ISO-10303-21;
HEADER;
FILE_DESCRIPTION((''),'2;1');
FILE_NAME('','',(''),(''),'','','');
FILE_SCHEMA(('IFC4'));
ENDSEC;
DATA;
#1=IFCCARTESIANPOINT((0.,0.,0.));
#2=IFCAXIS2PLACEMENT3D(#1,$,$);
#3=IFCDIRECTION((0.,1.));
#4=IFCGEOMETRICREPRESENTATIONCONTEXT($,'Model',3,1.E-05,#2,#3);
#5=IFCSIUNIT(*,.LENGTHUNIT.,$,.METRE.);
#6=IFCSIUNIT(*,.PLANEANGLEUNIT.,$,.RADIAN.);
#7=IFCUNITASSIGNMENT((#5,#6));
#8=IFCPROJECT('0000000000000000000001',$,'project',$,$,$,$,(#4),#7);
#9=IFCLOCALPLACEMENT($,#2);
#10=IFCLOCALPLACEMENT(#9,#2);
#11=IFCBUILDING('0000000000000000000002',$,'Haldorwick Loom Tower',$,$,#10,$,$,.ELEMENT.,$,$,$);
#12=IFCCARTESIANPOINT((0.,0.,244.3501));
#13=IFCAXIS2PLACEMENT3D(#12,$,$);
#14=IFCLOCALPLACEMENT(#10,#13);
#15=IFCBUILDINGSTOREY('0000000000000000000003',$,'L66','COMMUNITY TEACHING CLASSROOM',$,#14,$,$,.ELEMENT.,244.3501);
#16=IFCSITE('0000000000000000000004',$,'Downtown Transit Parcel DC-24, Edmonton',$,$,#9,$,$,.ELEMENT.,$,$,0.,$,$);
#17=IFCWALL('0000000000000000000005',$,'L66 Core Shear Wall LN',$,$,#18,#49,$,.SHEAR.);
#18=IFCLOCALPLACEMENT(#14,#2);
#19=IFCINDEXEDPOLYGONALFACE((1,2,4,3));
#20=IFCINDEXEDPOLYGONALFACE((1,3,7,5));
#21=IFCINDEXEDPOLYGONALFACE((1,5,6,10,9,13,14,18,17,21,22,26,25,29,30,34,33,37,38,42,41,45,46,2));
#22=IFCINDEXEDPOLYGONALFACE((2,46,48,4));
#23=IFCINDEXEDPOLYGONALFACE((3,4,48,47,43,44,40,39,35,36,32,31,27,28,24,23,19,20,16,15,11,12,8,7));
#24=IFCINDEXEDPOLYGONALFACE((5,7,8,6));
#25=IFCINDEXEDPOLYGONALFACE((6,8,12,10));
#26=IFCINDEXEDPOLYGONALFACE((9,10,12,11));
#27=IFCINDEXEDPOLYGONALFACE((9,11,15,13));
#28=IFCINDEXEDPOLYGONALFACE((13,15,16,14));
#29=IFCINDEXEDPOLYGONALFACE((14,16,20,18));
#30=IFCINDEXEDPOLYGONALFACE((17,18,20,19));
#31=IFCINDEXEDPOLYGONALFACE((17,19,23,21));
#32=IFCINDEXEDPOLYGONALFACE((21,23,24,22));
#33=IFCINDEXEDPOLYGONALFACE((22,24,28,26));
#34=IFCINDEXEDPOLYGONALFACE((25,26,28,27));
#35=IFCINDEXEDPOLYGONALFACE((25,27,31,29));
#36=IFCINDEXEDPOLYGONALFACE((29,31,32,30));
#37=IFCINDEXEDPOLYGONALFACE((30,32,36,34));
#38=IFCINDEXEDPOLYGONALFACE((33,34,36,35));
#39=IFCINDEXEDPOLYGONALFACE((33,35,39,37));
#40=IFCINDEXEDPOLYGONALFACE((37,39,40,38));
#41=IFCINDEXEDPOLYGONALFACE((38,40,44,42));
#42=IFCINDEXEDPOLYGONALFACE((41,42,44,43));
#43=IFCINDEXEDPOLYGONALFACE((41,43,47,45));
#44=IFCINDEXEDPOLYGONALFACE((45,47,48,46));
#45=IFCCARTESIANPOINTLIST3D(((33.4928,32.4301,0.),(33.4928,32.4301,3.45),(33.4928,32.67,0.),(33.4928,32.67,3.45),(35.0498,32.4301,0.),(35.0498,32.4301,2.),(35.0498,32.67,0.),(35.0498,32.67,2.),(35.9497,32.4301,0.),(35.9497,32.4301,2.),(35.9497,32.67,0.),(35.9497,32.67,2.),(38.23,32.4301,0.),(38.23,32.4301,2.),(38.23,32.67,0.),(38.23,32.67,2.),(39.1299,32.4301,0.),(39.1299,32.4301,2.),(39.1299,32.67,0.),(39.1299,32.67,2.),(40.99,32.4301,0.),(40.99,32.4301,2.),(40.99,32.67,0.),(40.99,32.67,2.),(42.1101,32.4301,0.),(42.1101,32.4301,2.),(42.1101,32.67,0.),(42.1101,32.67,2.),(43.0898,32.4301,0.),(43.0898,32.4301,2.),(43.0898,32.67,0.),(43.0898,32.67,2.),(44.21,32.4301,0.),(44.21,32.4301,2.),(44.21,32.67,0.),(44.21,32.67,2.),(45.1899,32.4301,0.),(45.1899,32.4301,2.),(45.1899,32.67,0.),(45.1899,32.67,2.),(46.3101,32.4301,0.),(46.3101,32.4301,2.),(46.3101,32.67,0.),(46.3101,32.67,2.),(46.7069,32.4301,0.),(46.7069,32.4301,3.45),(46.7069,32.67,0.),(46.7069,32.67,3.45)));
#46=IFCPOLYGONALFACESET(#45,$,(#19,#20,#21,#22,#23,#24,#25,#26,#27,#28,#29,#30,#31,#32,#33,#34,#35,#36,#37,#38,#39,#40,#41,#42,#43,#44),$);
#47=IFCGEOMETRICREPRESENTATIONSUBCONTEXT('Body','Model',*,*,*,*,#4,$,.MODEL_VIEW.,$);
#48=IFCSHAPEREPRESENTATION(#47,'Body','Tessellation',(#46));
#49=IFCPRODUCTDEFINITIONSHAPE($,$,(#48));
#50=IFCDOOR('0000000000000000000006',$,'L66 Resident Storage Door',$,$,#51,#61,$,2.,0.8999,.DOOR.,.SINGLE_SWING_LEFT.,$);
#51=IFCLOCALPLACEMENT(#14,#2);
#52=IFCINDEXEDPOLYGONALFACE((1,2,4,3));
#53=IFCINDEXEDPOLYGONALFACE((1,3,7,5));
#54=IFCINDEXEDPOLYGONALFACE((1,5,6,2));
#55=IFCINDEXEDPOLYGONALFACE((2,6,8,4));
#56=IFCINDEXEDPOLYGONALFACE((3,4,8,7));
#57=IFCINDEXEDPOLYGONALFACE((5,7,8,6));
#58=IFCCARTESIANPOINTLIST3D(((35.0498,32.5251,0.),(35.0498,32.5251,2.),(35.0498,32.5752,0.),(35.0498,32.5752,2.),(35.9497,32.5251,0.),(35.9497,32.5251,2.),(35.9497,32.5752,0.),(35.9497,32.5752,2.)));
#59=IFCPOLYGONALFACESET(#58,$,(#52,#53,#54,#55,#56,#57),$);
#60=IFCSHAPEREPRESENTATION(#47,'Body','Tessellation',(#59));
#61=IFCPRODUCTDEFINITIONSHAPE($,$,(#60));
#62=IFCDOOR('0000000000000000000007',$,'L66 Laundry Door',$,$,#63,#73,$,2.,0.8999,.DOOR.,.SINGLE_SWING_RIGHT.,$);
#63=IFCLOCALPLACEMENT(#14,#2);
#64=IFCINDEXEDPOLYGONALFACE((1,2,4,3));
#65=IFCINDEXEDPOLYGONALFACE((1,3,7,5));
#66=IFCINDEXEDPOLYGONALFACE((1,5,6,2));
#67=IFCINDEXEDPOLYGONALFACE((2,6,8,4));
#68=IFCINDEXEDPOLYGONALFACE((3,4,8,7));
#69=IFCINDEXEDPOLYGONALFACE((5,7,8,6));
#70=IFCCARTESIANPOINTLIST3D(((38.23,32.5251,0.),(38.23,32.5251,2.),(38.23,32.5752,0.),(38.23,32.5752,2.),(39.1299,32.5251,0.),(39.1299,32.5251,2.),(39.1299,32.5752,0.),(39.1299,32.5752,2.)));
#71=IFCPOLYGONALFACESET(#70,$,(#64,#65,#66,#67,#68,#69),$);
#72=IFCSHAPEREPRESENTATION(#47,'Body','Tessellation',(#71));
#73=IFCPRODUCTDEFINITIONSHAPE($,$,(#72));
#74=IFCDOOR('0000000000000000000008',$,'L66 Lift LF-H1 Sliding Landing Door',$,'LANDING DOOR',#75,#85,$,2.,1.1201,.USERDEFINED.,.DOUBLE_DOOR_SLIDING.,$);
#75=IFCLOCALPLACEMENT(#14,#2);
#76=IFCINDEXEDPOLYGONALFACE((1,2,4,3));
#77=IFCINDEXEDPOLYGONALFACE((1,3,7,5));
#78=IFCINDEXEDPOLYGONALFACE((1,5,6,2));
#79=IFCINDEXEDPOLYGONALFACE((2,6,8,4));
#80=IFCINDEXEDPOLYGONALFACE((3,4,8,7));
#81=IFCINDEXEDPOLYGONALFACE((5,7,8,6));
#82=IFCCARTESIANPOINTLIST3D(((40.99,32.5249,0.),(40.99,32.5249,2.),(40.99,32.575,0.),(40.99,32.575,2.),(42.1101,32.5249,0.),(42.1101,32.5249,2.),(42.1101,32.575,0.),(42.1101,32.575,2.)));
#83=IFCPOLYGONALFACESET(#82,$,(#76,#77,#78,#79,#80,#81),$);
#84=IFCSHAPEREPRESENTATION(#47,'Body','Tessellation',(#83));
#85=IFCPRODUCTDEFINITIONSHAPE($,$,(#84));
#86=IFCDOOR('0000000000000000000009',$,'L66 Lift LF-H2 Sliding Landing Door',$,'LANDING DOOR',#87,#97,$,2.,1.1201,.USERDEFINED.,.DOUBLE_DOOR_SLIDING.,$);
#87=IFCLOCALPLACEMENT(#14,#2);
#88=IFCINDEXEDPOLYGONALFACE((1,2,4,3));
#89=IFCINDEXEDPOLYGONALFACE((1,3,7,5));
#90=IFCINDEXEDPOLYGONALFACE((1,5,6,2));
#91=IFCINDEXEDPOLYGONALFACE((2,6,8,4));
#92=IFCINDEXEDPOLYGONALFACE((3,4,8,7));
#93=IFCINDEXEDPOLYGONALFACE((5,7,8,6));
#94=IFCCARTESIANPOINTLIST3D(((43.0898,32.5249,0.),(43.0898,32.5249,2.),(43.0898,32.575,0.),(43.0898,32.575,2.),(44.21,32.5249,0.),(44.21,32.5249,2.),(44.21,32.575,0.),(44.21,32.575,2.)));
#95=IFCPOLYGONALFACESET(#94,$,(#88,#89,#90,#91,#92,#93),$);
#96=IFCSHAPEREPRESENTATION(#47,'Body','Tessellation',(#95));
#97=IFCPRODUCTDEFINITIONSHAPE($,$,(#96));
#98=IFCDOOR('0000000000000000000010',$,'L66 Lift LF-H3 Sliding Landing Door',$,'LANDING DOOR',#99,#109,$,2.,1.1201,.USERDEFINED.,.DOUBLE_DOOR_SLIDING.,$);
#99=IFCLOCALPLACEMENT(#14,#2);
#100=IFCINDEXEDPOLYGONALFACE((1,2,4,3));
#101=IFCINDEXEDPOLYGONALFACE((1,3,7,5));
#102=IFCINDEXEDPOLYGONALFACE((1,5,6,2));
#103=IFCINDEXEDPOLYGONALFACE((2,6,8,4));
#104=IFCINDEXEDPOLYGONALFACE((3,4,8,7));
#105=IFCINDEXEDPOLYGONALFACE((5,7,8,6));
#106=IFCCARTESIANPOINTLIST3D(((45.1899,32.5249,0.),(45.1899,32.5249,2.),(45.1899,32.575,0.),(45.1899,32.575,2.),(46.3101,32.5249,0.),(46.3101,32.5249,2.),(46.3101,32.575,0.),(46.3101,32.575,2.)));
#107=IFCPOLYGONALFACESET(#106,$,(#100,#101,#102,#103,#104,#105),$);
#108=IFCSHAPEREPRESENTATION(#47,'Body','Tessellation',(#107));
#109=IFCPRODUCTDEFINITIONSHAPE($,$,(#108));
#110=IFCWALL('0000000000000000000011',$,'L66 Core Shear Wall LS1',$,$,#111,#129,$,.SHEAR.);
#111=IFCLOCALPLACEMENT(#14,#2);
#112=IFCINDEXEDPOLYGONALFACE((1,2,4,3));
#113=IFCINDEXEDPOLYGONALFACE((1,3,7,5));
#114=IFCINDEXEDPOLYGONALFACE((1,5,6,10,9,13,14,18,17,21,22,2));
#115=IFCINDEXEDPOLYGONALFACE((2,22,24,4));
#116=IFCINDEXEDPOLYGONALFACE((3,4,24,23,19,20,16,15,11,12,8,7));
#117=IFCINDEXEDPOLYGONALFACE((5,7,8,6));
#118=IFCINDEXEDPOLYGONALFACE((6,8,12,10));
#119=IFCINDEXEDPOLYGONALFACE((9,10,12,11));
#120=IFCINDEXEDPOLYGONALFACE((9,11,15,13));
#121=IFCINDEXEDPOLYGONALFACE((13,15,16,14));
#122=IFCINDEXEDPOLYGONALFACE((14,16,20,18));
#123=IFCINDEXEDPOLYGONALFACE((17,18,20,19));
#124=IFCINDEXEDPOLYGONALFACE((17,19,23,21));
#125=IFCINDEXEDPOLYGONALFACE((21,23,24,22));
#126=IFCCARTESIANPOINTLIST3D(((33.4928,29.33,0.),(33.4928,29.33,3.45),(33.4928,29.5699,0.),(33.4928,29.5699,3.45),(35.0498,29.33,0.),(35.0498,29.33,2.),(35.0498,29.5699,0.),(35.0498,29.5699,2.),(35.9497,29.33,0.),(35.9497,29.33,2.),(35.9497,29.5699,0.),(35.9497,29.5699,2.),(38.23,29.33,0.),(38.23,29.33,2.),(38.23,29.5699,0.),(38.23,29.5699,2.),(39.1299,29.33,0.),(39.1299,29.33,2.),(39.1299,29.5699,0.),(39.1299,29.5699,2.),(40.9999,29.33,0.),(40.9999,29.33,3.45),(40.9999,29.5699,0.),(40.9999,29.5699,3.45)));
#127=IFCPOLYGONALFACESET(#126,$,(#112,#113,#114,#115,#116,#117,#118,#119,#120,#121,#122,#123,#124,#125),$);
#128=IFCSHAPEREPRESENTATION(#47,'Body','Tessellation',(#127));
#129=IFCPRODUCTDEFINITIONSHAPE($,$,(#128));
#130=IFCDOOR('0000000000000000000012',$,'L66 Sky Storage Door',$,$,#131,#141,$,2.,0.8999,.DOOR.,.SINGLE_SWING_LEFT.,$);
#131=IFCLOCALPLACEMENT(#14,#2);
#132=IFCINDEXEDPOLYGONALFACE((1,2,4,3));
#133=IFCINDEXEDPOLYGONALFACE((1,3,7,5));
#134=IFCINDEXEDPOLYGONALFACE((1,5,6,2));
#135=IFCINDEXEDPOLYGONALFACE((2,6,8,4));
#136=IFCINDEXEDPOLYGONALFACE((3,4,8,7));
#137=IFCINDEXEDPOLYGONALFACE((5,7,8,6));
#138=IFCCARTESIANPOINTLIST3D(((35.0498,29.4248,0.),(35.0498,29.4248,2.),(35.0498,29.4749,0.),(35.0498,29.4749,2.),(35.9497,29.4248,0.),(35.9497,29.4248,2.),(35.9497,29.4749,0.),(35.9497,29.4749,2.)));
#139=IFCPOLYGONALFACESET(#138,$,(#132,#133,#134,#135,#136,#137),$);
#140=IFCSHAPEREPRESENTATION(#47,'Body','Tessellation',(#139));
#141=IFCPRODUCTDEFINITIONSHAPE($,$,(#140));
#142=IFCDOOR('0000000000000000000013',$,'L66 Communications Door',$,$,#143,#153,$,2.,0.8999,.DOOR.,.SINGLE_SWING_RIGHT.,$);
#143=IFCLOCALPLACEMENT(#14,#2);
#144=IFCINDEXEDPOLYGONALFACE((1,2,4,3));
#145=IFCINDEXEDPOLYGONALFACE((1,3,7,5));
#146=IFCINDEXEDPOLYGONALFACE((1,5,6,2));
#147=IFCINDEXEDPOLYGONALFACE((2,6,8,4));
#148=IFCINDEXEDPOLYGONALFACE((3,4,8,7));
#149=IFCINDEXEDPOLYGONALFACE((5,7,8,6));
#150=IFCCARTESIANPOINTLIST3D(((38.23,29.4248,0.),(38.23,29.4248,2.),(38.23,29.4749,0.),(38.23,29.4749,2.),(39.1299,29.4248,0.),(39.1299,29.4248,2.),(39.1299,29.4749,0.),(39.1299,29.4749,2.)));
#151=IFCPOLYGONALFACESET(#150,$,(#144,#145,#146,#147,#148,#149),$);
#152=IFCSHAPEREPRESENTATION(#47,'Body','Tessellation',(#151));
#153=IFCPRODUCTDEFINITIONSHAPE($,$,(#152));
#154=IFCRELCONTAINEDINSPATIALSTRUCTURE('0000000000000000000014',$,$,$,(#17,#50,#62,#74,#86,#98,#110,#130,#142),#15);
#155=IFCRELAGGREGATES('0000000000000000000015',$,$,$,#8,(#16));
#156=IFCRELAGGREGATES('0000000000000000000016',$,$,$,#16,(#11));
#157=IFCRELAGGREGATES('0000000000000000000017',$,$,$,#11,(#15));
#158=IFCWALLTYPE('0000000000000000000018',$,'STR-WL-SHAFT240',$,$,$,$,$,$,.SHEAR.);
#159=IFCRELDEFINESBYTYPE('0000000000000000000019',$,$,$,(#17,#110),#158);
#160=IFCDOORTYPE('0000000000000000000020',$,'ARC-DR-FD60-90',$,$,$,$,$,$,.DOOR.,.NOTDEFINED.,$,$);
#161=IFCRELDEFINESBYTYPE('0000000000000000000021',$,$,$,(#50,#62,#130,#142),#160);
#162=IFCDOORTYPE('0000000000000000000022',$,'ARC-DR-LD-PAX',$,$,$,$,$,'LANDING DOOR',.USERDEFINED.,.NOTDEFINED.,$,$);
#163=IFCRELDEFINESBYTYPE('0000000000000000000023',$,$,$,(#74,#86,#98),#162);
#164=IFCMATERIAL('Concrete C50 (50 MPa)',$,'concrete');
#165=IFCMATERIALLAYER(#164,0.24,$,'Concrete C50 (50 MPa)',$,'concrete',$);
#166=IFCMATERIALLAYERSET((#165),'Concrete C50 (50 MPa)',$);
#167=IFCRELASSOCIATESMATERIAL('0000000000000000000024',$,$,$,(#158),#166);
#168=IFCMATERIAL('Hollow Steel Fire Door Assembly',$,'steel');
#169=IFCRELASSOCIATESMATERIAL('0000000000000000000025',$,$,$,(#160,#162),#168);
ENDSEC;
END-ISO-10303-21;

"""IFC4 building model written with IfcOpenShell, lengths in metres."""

from ifc_helpers import new_model, si_unit, direction, frame, frame_2d, origin, place, context, subcontext, project, spatial, rectangle, extrude, material, layer, layer_set, type_object, element, fill, save


model = new_model("IFC4")

# Units and contexts
model_context = context("Model", 3, precision=1e-05, world=origin(), true_north=direction((0.0, 1.0)))
body_context = subcontext(model_context, "Body", "Model", "MODEL_VIEW")
ifc_project = project(units=[si_unit("LENGTHUNIT", "METRE"), si_unit("PLANEANGLEUNIT", "RADIAN")], contexts=[model_context])

# Site, building, storey
site_placement = place(None, origin())
site = spatial("IfcSite", under=ifc_project, at=site_placement, Name="Downtown Transit Parcel DC-24, Edmonton", CompositionType="ELEMENT", RefElevation=0.0)
building_placement = place(site_placement, origin())
building = spatial("IfcBuilding", under=site, at=building_placement, Name="Haldorwick Loom Tower", CompositionType="ELEMENT")
storey_placement = place(building_placement, frame((0.0, 0.0, 244.3501)))
storey = spatial("IfcBuildingStorey", under=building, at=storey_placement, Name="L66", Description="COMMUNITY TEACHING CLASSROOM", CompositionType="ELEMENT", Elevation=244.3501)

# Shared definitions
ifc_material_1 = material(Name="Concrete C50 (50 MPa)", Category="concrete")
ifc_layer_1 = layer(ifc_material_1, 0.24, Name="Concrete C50 (50 MPa)", Category="concrete")
ifc_layer_set_1 = layer_set([ifc_layer_1], Name="Concrete C50 (50 MPa)")
wall_type_1 = type_object("IfcWallType", Name="STR-WL-SHAFT240", PredefinedType="SHEAR", material=ifc_layer_set_1)

# Walls, openings, doors
wall_1_placement = place(storey_placement, frame((33.4929, 32.55, 0.0), z_axis=(0.0, 0.0, 1.0), x_axis=(1.0, 0.0, 0.0)))
wall_1 = element("IfcWall", 1, at=wall_1_placement, inside=storey, type_object=wall_type_1, Name="L66 Core Shear Wall LN", PredefinedType="SHEAR", context=body_context, shape_type="SweptSolid", body=[
    extrude(rectangle(XDim=13.2141, YDim=0.24, at=frame_2d((6.6069, 0.0))), origin(), (0.0, 0.0, 1.0), 3.45),
])
opening_1_placement = place(wall_1_placement, frame((1.5569, 0.0, 0.0)))
opening_1 = element("IfcOpeningElement", 2, at=opening_1_placement, cuts=wall_1, PredefinedType="OPENING", context=body_context, shape_type="SweptSolid", body=[
    extrude(rectangle(XDim=0.8999, YDim=2.0, at=frame_2d((0.45, 1.0))), frame((0.0, 0.1299, 0.0), z_axis=(0.0, -1.0, 0.0), x_axis=(1.0, 0.0, 0.0)), (0.0, 0.0, 1.0), 0.26),
])
opening_2_placement = place(wall_1_placement, frame((4.7371, 0.0, 0.0)))
opening_2 = element("IfcOpeningElement", 3, at=opening_2_placement, cuts=wall_1, PredefinedType="OPENING", context=body_context, shape_type="SweptSolid", body=[
    extrude(rectangle(XDim=0.8999, YDim=2.0, at=frame_2d((0.45, 1.0))), frame((0.0, 0.1299, 0.0), z_axis=(0.0, -1.0, 0.0), x_axis=(1.0, 0.0, 0.0)), (0.0, 0.0, 1.0), 0.26),
])
opening_3_placement = place(wall_1_placement, frame((7.4971, 0.0, 0.0)))
opening_3 = element("IfcOpeningElement", 4, at=opening_3_placement, cuts=wall_1, PredefinedType="OPENING", context=body_context, shape_type="SweptSolid", body=[
    extrude(rectangle(XDim=1.1201, YDim=2.0, at=frame_2d((0.5601, 1.0))), frame((0.0, 0.1299, 0.0), z_axis=(0.0, -1.0, 0.0), x_axis=(1.0, 0.0, 0.0)), (0.0, 0.0, 1.0), 0.26),
])
opening_4_placement = place(wall_1_placement, frame((9.5969, 0.0, 0.0)))
opening_4 = element("IfcOpeningElement", 5, at=opening_4_placement, cuts=wall_1, PredefinedType="OPENING", context=body_context, shape_type="SweptSolid", body=[
    extrude(rectangle(XDim=1.1201, YDim=2.0, at=frame_2d((0.5601, 1.0))), frame((0.0, 0.1299, 0.0), z_axis=(0.0, -1.0, 0.0), x_axis=(1.0, 0.0, 0.0)), (0.0, 0.0, 1.0), 0.26),
])
opening_5_placement = place(wall_1_placement, frame((11.697, 0.0, 0.0)))
opening_5 = element("IfcOpeningElement", 6, at=opening_5_placement, cuts=wall_1, PredefinedType="OPENING", context=body_context, shape_type="SweptSolid", body=[
    extrude(rectangle(XDim=1.1201, YDim=2.0, at=frame_2d((0.5601, 1.0))), frame((0.0, 0.1299, 0.0), z_axis=(0.0, -1.0, 0.0), x_axis=(1.0, 0.0, 0.0)), (0.0, 0.0, 1.0), 0.26),
])
ifc_material_2 = material(Name="Hollow Steel Fire Door Assembly", Category="steel")
door_type_1 = type_object("IfcDoorType", Name="ARC-DR-FD60-90", OperationType="NOTDEFINED", PredefinedType="DOOR", material=ifc_material_2)
door_1_placement = place(opening_1_placement, frame((0.8999, 0.0, 0.0), z_axis=(0.0, 0.0, 1.0), x_axis=(-1.0, 0.0, 0.0)))
door_1 = element("IfcDoor", 7, at=door_1_placement, inside=storey, type_object=door_type_1, Name="L66 Resident Storage Door", OperationType="SINGLE_SWING_LEFT", OverallHeight=2.0, OverallWidth=0.8999, PredefinedType="DOOR", context=body_context, shape_type="SweptSolid", body=[
    extrude(rectangle(XDim=0.8999, YDim=2.0, at=frame_2d((0.45, 1.0))), frame((0.0, 0.0249, 0.0), z_axis=(0.0, -1.0, 0.0), x_axis=(1.0, 0.0, 0.0)), (0.0, 0.0, 1.0), 0.05),
])
fill(opening_1, door_1)
door_2_placement = place(opening_2_placement, frame((0.8999, 0.0, 0.0), z_axis=(0.0, 0.0, 1.0), x_axis=(-1.0, 0.0, 0.0)))
door_2 = element("IfcDoor", 8, at=door_2_placement, inside=storey, type_object=door_type_1, Name="L66 Laundry Door", OperationType="SINGLE_SWING_RIGHT", OverallHeight=2.0, OverallWidth=0.8999, PredefinedType="DOOR", context=body_context, shape_type="SweptSolid", body=[
    extrude(rectangle(XDim=0.8999, YDim=2.0, at=frame_2d((0.45, 1.0))), frame((0.0, 0.0249, 0.0), z_axis=(0.0, -1.0, 0.0), x_axis=(1.0, 0.0, 0.0)), (0.0, 0.0, 1.0), 0.05),
])
fill(opening_2, door_2)
door_type_2 = type_object("IfcDoorType", Name="ARC-DR-LD-PAX", ElementType="LANDING DOOR", OperationType="NOTDEFINED", PredefinedType="USERDEFINED", material=ifc_material_2)
door_3_placement = place(opening_3_placement, origin())
door_3 = element("IfcDoor", 9, at=door_3_placement, inside=storey, type_object=door_type_2, Name="L66 Lift LF-H1 Sliding Landing Door", ObjectType="LANDING DOOR", OperationType="DOUBLE_DOOR_SLIDING", OverallHeight=2.0, OverallWidth=1.1201, PredefinedType="USERDEFINED", context=body_context, shape_type="SweptSolid", body=[
    extrude(rectangle(XDim=1.1201, YDim=2.0, at=frame_2d((0.5601, 1.0))), frame((0.0, 0.0249, 0.0), z_axis=(0.0, -1.0, 0.0), x_axis=(1.0, 0.0, 0.0)), (0.0, 0.0, 1.0), 0.05),
])
fill(opening_3, door_3)
door_4_placement = place(opening_4_placement, origin())
door_4 = element("IfcDoor", 10, at=door_4_placement, inside=storey, type_object=door_type_2, Name="L66 Lift LF-H2 Sliding Landing Door", ObjectType="LANDING DOOR", OperationType="DOUBLE_DOOR_SLIDING", OverallHeight=2.0, OverallWidth=1.1201, PredefinedType="USERDEFINED", context=body_context, shape_type="SweptSolid", body=[
    extrude(rectangle(XDim=1.1201, YDim=2.0, at=frame_2d((0.5601, 1.0))), frame((0.0, 0.0249, 0.0), z_axis=(0.0, -1.0, 0.0), x_axis=(1.0, 0.0, 0.0)), (0.0, 0.0, 1.0), 0.05),
])
fill(opening_4, door_4)
door_5_placement = place(opening_5_placement, origin())
door_5 = element("IfcDoor", 11, at=door_5_placement, inside=storey, type_object=door_type_2, Name="L66 Lift LF-H3 Sliding Landing Door", ObjectType="LANDING DOOR", OperationType="DOUBLE_DOOR_SLIDING", OverallHeight=2.0, OverallWidth=1.1201, PredefinedType="USERDEFINED", context=body_context, shape_type="SweptSolid", body=[
    extrude(rectangle(XDim=1.1201, YDim=2.0, at=frame_2d((0.5601, 1.0))), frame((0.0, 0.0249, 0.0), z_axis=(0.0, -1.0, 0.0), x_axis=(1.0, 0.0, 0.0)), (0.0, 0.0, 1.0), 0.05),
])
fill(opening_5, door_5)
wall_2_placement = place(storey_placement, frame((33.4929, 29.45, 0.0), z_axis=(0.0, 0.0, 1.0), x_axis=(1.0, 0.0, 0.0)))
wall_2 = element("IfcWall", 12, at=wall_2_placement, inside=storey, type_object=wall_type_1, Name="L66 Core Shear Wall LS1", PredefinedType="SHEAR", context=body_context, shape_type="SweptSolid", body=[
    extrude(rectangle(XDim=7.5071, YDim=0.24, at=frame_2d((3.7534, 0.0))), origin(), (0.0, 0.0, 1.0), 3.45),
])
opening_6_placement = place(wall_2_placement, frame((1.5569, 0.0, 0.0)))
opening_6 = element("IfcOpeningElement", 13, at=opening_6_placement, cuts=wall_2, PredefinedType="OPENING", context=body_context, shape_type="SweptSolid", body=[
    extrude(rectangle(XDim=0.8999, YDim=2.0, at=frame_2d((0.45, 1.0))), frame((0.0, 0.1299, 0.0), z_axis=(0.0, -1.0, 0.0), x_axis=(1.0, 0.0, 0.0)), (0.0, 0.0, 1.0), 0.26),
])
opening_7_placement = place(wall_2_placement, frame((4.7371, 0.0, 0.0)))
opening_7 = element("IfcOpeningElement", 14, at=opening_7_placement, cuts=wall_2, PredefinedType="OPENING", context=body_context, shape_type="SweptSolid", body=[
    extrude(rectangle(XDim=0.8999, YDim=2.0, at=frame_2d((0.45, 1.0))), frame((0.0, 0.1299, 0.0), z_axis=(0.0, -1.0, 0.0), x_axis=(1.0, 0.0, 0.0)), (0.0, 0.0, 1.0), 0.26),
])
door_6_placement = place(opening_6_placement, origin())
door_6 = element("IfcDoor", 15, at=door_6_placement, inside=storey, type_object=door_type_1, Name="L66 Sky Storage Door", OperationType="SINGLE_SWING_LEFT", OverallHeight=2.0, OverallWidth=0.8999, PredefinedType="DOOR", context=body_context, shape_type="SweptSolid", body=[
    extrude(rectangle(XDim=0.8999, YDim=2.0, at=frame_2d((0.45, 1.0))), frame((0.0, 0.0249, 0.0), z_axis=(0.0, -1.0, 0.0), x_axis=(1.0, 0.0, 0.0)), (0.0, 0.0, 1.0), 0.05),
])
fill(opening_6, door_6)
door_7_placement = place(opening_7_placement, origin())
door_7 = element("IfcDoor", 16, at=door_7_placement, inside=storey, type_object=door_type_1, Name="L66 Communications Door", OperationType="SINGLE_SWING_RIGHT", OverallHeight=2.0, OverallWidth=0.8999, PredefinedType="DOOR", context=body_context, shape_type="SweptSolid", body=[
    extrude(rectangle(XDim=0.8999, YDim=2.0, at=frame_2d((0.45, 1.0))), frame((0.0, 0.0249, 0.0), z_axis=(0.0, -1.0, 0.0), x_axis=(1.0, 0.0, 0.0)), (0.0, 0.0, 1.0), 0.05),
])
fill(opening_7, door_7)

save(model, "model.ifc")
